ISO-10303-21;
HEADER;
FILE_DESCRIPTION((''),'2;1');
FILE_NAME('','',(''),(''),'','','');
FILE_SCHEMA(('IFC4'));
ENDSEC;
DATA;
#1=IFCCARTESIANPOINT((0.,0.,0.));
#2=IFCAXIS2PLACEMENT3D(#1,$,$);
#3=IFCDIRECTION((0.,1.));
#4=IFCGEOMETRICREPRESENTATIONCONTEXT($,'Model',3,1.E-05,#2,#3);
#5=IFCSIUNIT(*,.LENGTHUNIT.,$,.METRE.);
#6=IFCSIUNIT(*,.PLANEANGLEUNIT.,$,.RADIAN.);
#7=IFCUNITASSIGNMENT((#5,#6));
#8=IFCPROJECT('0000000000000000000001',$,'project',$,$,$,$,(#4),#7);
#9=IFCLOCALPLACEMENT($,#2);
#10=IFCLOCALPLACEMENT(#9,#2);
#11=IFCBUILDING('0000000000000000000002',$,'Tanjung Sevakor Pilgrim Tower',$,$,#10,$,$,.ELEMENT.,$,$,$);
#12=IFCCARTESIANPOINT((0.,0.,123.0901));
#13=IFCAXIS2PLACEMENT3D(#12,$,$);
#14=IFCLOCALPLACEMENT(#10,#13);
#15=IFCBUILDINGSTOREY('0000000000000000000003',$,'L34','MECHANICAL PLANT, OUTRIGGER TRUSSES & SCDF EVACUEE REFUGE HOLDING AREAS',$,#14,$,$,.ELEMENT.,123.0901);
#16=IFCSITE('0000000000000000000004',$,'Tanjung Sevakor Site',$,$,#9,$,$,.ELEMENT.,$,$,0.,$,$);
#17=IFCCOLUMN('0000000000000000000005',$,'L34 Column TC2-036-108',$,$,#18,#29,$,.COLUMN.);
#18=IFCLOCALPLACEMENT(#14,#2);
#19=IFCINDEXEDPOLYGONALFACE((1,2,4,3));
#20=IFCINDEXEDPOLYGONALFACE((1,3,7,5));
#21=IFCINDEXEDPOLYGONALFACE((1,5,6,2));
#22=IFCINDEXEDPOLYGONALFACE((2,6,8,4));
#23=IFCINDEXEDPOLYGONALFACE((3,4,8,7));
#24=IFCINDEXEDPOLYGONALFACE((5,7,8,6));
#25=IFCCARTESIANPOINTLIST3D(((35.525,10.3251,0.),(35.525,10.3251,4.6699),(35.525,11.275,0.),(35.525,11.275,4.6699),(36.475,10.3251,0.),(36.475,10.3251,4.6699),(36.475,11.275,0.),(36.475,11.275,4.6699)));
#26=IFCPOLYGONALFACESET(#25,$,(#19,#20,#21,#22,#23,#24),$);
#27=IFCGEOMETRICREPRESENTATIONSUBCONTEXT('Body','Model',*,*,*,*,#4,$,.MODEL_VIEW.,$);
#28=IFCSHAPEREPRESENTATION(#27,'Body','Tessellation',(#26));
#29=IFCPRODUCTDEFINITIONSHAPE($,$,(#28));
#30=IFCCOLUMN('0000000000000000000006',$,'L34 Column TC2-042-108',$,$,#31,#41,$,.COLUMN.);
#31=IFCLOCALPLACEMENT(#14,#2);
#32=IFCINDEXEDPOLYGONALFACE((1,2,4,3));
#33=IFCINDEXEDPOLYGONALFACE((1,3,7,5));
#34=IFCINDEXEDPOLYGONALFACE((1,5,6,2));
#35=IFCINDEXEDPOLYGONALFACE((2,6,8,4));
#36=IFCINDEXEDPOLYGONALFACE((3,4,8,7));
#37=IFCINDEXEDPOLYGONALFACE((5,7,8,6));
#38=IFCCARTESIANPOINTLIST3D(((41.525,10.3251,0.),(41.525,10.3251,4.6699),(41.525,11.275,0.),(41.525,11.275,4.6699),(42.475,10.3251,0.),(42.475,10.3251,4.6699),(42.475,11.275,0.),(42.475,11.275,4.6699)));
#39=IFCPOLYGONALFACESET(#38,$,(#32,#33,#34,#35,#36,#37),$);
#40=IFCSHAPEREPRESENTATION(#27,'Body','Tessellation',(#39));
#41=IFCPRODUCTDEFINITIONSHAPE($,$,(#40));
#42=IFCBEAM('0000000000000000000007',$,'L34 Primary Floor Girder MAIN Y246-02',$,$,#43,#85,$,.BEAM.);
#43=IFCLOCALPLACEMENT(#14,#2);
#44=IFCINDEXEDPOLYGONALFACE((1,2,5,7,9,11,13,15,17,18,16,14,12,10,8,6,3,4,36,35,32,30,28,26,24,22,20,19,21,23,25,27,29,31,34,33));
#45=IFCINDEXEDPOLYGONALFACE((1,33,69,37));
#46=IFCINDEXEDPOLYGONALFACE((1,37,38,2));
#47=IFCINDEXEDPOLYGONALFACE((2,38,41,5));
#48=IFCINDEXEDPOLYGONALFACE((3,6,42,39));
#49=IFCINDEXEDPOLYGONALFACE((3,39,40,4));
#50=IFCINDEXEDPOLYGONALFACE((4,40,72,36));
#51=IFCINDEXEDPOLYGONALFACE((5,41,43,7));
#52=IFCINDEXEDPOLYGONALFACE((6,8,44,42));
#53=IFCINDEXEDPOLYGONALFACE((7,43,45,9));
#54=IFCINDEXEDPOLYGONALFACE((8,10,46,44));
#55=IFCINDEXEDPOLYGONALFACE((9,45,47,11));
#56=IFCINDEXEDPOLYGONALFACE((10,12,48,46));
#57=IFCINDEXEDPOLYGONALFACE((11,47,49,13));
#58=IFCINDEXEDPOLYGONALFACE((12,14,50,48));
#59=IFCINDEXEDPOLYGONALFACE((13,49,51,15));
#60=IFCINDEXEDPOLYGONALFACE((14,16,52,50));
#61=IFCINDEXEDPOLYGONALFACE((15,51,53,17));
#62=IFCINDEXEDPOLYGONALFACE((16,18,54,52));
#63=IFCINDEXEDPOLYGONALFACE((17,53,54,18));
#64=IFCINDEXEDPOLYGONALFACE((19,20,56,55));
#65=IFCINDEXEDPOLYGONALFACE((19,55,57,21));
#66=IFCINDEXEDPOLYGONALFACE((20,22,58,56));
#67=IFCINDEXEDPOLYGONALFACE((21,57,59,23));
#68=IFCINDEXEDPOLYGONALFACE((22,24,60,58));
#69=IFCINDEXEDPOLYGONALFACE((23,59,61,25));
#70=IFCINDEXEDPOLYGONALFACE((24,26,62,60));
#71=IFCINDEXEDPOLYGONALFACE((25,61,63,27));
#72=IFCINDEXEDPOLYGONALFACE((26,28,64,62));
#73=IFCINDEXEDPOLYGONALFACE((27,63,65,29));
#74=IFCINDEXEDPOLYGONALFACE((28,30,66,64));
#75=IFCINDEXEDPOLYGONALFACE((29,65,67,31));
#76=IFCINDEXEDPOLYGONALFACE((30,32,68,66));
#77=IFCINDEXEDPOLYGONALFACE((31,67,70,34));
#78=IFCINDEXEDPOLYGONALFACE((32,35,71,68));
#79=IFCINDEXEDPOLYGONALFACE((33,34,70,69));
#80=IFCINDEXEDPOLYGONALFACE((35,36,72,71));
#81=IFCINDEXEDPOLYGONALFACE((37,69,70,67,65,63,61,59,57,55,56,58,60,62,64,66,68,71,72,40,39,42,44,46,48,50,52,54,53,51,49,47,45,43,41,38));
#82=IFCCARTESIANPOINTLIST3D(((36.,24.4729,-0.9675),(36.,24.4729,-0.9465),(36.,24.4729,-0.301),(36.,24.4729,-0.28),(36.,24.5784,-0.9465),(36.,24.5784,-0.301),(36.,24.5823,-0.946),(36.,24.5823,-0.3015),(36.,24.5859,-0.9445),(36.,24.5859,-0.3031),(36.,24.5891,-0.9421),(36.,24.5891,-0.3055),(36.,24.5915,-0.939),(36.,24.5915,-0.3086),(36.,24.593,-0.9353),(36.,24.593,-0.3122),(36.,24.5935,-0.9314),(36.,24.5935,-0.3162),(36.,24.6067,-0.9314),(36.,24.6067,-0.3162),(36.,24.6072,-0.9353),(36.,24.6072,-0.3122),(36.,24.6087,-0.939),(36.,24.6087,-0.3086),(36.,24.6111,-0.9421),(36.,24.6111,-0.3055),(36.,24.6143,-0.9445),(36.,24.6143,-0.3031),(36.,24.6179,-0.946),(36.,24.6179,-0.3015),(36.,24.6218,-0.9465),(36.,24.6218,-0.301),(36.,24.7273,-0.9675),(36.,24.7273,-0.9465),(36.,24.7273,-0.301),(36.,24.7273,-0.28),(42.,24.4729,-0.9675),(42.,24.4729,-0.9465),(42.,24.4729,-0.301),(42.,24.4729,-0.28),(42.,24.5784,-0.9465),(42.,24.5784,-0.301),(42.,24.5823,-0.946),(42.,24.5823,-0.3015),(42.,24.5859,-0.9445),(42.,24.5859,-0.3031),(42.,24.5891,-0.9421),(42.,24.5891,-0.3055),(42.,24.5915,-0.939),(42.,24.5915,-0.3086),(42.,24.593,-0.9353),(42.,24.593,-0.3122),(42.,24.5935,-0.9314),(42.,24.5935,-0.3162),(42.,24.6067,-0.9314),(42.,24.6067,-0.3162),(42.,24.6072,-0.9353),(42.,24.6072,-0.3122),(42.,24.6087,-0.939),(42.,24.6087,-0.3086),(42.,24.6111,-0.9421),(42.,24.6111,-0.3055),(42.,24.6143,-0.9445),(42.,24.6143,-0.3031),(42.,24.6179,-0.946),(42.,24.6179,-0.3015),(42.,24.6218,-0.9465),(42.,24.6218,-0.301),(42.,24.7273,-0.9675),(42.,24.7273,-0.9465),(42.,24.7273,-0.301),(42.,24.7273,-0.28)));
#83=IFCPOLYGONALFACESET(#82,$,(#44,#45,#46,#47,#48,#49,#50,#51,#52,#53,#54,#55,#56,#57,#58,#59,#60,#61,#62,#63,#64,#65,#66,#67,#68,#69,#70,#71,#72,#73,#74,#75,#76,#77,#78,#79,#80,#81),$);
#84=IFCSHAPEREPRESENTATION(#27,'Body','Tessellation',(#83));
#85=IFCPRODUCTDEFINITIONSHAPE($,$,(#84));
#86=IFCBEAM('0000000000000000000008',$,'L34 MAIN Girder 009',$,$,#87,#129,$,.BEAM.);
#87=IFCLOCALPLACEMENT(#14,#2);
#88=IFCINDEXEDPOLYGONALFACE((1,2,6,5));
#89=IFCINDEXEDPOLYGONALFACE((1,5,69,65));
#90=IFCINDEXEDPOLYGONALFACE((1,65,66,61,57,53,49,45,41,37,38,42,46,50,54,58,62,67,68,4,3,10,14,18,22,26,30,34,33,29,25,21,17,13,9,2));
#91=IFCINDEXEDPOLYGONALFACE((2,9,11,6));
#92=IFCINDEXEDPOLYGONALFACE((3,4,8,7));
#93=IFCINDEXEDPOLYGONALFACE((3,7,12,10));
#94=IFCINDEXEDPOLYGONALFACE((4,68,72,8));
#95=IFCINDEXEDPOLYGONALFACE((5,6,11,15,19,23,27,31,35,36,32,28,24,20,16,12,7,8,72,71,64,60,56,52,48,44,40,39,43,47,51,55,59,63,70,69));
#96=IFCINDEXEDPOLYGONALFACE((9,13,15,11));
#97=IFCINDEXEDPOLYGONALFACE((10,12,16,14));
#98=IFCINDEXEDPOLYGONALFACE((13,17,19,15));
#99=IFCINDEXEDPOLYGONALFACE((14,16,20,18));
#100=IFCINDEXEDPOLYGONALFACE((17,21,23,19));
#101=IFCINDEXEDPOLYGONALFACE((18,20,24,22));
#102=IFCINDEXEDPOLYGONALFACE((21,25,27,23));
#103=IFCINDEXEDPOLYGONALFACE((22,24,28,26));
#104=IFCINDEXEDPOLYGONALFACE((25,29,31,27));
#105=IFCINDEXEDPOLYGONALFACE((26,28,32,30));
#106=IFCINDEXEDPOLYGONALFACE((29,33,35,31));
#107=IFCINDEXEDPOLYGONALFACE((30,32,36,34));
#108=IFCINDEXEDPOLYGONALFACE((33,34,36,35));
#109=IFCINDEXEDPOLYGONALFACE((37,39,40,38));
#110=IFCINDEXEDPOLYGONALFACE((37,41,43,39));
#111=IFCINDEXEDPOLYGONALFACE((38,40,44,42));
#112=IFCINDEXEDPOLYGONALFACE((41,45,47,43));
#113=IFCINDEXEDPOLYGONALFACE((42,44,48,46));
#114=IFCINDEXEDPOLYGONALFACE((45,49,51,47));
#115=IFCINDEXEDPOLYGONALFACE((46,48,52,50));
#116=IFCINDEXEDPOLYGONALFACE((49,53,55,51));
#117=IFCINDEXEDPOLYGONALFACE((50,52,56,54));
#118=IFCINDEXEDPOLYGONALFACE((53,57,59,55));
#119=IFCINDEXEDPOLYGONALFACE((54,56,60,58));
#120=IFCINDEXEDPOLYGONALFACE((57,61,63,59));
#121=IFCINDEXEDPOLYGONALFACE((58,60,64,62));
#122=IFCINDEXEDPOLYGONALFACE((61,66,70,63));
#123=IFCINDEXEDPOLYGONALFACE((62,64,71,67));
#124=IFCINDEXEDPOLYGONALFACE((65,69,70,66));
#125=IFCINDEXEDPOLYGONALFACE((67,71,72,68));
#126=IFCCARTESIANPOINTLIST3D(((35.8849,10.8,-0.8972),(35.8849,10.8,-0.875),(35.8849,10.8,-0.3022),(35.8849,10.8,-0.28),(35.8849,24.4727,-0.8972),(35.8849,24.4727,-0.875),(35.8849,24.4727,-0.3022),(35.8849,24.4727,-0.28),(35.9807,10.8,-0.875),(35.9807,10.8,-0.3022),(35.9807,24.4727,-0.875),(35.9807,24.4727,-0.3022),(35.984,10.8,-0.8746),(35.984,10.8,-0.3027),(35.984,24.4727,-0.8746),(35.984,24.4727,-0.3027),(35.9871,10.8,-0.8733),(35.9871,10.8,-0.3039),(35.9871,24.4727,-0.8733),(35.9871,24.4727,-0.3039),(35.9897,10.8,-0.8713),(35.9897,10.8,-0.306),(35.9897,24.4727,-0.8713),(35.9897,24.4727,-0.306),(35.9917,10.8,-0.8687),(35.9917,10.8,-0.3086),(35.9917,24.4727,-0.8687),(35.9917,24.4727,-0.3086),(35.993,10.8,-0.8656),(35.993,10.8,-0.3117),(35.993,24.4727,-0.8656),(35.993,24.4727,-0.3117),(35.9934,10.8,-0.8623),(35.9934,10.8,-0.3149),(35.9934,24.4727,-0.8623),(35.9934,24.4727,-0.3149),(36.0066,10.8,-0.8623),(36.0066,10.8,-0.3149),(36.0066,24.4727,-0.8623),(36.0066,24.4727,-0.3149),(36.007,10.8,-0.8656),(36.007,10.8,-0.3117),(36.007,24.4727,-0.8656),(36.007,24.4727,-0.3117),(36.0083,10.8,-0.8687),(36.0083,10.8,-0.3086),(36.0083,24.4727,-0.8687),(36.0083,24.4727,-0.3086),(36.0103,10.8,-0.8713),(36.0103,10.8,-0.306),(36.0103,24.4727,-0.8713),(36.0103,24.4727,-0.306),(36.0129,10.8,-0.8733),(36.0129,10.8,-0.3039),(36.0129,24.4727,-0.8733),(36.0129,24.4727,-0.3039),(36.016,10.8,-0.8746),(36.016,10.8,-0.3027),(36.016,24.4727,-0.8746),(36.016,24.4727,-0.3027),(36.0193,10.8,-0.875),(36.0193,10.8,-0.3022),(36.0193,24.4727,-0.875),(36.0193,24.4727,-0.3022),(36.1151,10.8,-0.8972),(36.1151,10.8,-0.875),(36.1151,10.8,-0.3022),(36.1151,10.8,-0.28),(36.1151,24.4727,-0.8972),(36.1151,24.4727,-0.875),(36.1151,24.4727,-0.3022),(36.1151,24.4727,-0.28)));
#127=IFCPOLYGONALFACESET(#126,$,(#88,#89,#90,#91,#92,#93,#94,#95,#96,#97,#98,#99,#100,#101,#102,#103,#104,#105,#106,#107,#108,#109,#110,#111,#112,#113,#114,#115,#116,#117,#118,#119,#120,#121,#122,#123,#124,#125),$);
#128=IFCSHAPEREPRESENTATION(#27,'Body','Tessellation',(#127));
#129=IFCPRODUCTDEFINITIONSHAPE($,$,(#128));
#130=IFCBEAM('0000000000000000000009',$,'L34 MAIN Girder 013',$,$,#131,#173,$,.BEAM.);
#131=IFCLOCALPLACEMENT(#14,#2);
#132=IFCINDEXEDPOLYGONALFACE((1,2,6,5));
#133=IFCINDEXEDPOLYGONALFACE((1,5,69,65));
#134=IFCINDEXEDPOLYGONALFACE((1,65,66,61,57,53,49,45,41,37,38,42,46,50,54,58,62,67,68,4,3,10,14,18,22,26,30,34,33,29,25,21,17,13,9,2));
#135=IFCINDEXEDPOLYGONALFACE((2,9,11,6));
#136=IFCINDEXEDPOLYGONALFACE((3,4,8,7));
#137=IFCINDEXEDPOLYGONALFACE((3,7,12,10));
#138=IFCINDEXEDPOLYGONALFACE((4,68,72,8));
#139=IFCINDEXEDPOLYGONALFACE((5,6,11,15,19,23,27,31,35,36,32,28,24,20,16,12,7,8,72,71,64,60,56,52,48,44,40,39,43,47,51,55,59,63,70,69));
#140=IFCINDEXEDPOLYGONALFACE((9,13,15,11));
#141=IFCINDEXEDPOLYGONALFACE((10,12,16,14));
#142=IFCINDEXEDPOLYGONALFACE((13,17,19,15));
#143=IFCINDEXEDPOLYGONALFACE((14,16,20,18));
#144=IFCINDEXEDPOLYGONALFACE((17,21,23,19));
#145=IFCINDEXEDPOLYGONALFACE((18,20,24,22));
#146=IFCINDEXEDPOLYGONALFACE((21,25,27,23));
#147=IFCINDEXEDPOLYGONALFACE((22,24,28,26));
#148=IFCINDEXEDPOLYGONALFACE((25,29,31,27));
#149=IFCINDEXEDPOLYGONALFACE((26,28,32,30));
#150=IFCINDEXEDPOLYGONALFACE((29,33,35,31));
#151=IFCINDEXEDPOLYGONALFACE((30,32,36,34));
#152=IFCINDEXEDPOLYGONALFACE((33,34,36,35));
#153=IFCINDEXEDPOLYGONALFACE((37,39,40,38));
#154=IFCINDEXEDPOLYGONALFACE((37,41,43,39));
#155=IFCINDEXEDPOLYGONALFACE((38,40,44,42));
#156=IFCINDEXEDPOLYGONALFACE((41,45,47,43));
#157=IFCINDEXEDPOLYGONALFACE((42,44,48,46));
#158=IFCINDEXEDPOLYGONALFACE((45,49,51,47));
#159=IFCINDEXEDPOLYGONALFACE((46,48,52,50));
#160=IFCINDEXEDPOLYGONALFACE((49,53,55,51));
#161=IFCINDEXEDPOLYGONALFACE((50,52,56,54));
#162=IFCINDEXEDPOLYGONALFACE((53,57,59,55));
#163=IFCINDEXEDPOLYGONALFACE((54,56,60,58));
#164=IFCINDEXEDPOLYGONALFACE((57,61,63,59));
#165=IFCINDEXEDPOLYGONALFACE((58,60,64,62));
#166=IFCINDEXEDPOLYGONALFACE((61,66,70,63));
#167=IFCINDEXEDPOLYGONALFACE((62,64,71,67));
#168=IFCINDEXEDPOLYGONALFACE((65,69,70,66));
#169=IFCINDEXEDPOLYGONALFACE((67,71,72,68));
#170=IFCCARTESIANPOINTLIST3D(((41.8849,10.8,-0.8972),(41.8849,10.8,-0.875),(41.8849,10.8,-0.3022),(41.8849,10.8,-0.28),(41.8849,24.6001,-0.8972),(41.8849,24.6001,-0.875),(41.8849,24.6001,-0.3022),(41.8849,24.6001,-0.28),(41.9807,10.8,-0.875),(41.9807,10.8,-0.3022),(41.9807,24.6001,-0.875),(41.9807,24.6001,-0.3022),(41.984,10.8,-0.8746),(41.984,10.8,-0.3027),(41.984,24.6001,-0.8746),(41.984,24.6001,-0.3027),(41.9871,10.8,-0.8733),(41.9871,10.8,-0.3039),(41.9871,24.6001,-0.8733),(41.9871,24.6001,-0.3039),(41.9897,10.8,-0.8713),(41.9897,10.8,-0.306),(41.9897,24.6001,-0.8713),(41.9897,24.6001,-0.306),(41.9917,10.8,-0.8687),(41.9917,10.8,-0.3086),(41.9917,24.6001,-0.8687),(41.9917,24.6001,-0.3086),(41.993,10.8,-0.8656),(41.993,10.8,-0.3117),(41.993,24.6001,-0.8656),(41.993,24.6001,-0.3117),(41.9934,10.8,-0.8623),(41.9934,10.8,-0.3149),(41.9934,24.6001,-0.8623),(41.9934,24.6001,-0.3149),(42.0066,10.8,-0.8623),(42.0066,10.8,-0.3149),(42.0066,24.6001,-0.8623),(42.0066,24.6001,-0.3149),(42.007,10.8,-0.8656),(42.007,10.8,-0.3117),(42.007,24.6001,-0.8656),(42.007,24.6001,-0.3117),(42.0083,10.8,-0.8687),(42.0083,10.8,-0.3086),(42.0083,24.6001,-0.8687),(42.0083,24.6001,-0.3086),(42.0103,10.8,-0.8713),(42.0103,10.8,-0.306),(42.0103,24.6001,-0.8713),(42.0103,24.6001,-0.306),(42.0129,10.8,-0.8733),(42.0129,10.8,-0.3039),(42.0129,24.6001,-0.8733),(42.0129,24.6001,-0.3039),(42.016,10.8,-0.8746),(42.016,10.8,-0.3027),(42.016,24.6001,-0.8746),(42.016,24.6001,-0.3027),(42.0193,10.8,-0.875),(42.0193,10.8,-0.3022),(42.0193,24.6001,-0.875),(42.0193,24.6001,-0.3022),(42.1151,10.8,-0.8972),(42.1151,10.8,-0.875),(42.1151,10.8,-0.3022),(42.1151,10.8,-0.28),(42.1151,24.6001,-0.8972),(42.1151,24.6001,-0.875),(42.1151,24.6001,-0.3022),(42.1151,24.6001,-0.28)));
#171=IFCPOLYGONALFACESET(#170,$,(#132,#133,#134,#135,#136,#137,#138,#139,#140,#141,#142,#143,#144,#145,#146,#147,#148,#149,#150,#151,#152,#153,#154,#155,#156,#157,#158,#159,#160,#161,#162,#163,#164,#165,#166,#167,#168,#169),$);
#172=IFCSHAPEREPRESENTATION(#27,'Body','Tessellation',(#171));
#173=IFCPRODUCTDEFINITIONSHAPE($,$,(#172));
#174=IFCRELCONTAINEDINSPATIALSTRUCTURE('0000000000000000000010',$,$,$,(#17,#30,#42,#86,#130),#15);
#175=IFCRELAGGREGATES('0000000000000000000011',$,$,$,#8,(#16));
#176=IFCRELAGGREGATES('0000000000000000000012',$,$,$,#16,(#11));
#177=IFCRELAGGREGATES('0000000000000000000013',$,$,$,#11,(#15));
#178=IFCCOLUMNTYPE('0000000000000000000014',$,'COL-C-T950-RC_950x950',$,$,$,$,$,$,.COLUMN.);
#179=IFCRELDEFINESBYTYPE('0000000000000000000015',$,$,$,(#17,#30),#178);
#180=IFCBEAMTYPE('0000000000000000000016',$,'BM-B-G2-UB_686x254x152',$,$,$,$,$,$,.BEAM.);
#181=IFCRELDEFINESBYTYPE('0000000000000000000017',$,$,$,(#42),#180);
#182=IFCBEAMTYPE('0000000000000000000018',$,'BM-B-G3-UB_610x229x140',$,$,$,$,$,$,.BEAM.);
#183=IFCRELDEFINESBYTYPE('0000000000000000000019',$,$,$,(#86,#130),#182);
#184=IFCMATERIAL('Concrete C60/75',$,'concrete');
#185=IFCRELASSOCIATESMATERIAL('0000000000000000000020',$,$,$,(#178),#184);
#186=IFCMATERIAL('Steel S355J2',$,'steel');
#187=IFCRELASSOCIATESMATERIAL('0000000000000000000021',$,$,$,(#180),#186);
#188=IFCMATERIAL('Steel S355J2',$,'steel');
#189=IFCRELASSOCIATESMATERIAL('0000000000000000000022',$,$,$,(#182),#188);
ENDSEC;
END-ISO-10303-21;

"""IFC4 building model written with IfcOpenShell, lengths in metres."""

from ifc_helpers import new_model, si_unit, direction, frame, origin, origin_2d, place, context, subcontext, project, spatial, rectangle, i_section, extrude, material, material_profile, profile_set, type_object, element, save


model = new_model("IFC4")

# Units and contexts
model_context = context("Model", 3, precision=1e-05, world=origin(), true_north=direction((0.0, 1.0)))
body_context = subcontext(model_context, "Body", "Model", "MODEL_VIEW")
ifc_project = project(units=[si_unit("LENGTHUNIT", "METRE"), si_unit("PLANEANGLEUNIT", "RADIAN")], contexts=[model_context])

# Site, building, storey
site_placement = place(None, origin())
site = spatial("IfcSite", under=ifc_project, at=site_placement, Name="Tanjung Sevakor Site", CompositionType="ELEMENT", RefElevation=0.0)
building_placement = place(site_placement, origin())
building = spatial("IfcBuilding", under=site, at=building_placement, Name="Tanjung Sevakor Pilgrim Tower", CompositionType="ELEMENT")
storey_placement = place(building_placement, frame((0.0, 0.0, 123.0901)))
storey = spatial("IfcBuildingStorey", under=building, at=storey_placement, Name="L34", Description="MECHANICAL PLANT, OUTRIGGER TRUSSES & SCDF EVACUEE REFUGE HOLDING AREAS", CompositionType="ELEMENT", Elevation=123.0901)

# Columns
ifc_material_1 = material(Name="Concrete C60/75", Category="concrete")
ifc_material_profile_1 = material_profile(ifc_material_1, rectangle(XDim=0.95, YDim=0.95, at=origin_2d()))
ifc_profile_set_1 = profile_set([ifc_material_profile_1], Name="Concrete C60/75")
column_type = type_object("IfcColumnType", Name="COL-C-T950-RC_950x950", PredefinedType="COLUMN", material=ifc_profile_set_1)
for number, where, z_axis, x_axis, name in (
    (1, (36.0, 10.8, 0.0), (0.0, 0.0, 1.0), (1.0, 0.0, 0.0), "L34 Column TC2-036-108"),
    (2, (42.0, 10.8, 0.0), (0.0, 0.0, 1.0), (1.0, 0.0, 0.0), "L34 Column TC2-042-108"),
):
    element("IfcColumn", number, at=place(storey_placement, frame(where, z_axis=z_axis, x_axis=x_axis)), inside=storey, type_object=column_type, Name=name, PredefinedType="COLUMN", context=body_context, shape_type="SweptSolid", body=[
        extrude(rectangle(XDim=0.95, YDim=0.95, at=origin_2d()), origin(), (0.0, 0.0, 1.0), 4.6699),
    ])

# Beams
ifc_material_2 = material(Name="Steel S355J2", Category="steel")
ifc_material_profile_2 = material_profile(ifc_material_2, i_section(OverallWidth=0.2544, OverallDepth=0.6875, WebThickness=0.0132, FlangeThickness=0.021, FilletRadius=0.0151, at=origin_2d()))
ifc_profile_set_2 = profile_set([ifc_material_profile_2], Name="Steel S355J2")
beam_type_1 = type_object("IfcBeamType", Name="BM-B-G2-UB_686x254x152", PredefinedType="BEAM", material=ifc_profile_set_2)
beam_1_placement = place(storey_placement, frame((36.0, 24.6001, -0.6238), z_axis=(1.0, 0.0, 0.0), x_axis=(0.0, 1.0, 0.0)))
element("IfcBeam", 3, at=beam_1_placement, inside=storey, type_object=beam_type_1, Name="L34 Primary Floor Girder MAIN Y246-02", PredefinedType="BEAM", context=body_context, shape_type="SweptSolid", body=[
    extrude(i_section(OverallWidth=0.2544, OverallDepth=0.6875, WebThickness=0.0132, FlangeThickness=0.021, FilletRadius=0.0151, at=origin_2d()), origin(), (0.0, 0.0, 1.0), 6.0),
])
ifc_material_3 = material(Name="Steel S355J2", Category="steel")
ifc_material_profile_3 = material_profile(ifc_material_3, i_section(OverallWidth=0.2302, OverallDepth=0.6172, WebThickness=0.0132, FlangeThickness=0.0222, FilletRadius=0.0127, at=origin_2d()))
ifc_profile_set_3 = profile_set([ifc_material_profile_3], Name="Steel S355J2")
beam_type_2 = type_object("IfcBeamType", Name="BM-B-G3-UB_610x229x140", PredefinedType="BEAM", material=ifc_profile_set_3)
beam_2_placement = place(storey_placement, frame((36.0, 10.8, -0.5886), z_axis=(0.0, 1.0, 0.0), x_axis=(-1.0, 0.0, 0.0)))
element("IfcBeam", 4, at=beam_2_placement, inside=storey, type_object=beam_type_2, Name="L34 MAIN Girder 009", PredefinedType="BEAM", context=body_context, shape_type="SweptSolid", body=[
    extrude(i_section(OverallWidth=0.2302, OverallDepth=0.6172, WebThickness=0.0132, FlangeThickness=0.0222, FilletRadius=0.0127, at=origin_2d()), origin(), (0.0, 0.0, 1.0), 13.6726),
])
beam_3_placement = place(storey_placement, frame((42.0, 10.8, -0.5886), z_axis=(0.0, 1.0, 0.0), x_axis=(-1.0, 0.0, 0.0)))
element("IfcBeam", 5, at=beam_3_placement, inside=storey, type_object=beam_type_2, Name="L34 MAIN Girder 013", PredefinedType="BEAM", context=body_context, shape_type="SweptSolid", body=[
    extrude(i_section(OverallWidth=0.2302, OverallDepth=0.6172, WebThickness=0.0132, FlangeThickness=0.0222, FilletRadius=0.0127, at=origin_2d()), origin(), (0.0, 0.0, 1.0), 13.8),
])

save(model, "model.ifc")
